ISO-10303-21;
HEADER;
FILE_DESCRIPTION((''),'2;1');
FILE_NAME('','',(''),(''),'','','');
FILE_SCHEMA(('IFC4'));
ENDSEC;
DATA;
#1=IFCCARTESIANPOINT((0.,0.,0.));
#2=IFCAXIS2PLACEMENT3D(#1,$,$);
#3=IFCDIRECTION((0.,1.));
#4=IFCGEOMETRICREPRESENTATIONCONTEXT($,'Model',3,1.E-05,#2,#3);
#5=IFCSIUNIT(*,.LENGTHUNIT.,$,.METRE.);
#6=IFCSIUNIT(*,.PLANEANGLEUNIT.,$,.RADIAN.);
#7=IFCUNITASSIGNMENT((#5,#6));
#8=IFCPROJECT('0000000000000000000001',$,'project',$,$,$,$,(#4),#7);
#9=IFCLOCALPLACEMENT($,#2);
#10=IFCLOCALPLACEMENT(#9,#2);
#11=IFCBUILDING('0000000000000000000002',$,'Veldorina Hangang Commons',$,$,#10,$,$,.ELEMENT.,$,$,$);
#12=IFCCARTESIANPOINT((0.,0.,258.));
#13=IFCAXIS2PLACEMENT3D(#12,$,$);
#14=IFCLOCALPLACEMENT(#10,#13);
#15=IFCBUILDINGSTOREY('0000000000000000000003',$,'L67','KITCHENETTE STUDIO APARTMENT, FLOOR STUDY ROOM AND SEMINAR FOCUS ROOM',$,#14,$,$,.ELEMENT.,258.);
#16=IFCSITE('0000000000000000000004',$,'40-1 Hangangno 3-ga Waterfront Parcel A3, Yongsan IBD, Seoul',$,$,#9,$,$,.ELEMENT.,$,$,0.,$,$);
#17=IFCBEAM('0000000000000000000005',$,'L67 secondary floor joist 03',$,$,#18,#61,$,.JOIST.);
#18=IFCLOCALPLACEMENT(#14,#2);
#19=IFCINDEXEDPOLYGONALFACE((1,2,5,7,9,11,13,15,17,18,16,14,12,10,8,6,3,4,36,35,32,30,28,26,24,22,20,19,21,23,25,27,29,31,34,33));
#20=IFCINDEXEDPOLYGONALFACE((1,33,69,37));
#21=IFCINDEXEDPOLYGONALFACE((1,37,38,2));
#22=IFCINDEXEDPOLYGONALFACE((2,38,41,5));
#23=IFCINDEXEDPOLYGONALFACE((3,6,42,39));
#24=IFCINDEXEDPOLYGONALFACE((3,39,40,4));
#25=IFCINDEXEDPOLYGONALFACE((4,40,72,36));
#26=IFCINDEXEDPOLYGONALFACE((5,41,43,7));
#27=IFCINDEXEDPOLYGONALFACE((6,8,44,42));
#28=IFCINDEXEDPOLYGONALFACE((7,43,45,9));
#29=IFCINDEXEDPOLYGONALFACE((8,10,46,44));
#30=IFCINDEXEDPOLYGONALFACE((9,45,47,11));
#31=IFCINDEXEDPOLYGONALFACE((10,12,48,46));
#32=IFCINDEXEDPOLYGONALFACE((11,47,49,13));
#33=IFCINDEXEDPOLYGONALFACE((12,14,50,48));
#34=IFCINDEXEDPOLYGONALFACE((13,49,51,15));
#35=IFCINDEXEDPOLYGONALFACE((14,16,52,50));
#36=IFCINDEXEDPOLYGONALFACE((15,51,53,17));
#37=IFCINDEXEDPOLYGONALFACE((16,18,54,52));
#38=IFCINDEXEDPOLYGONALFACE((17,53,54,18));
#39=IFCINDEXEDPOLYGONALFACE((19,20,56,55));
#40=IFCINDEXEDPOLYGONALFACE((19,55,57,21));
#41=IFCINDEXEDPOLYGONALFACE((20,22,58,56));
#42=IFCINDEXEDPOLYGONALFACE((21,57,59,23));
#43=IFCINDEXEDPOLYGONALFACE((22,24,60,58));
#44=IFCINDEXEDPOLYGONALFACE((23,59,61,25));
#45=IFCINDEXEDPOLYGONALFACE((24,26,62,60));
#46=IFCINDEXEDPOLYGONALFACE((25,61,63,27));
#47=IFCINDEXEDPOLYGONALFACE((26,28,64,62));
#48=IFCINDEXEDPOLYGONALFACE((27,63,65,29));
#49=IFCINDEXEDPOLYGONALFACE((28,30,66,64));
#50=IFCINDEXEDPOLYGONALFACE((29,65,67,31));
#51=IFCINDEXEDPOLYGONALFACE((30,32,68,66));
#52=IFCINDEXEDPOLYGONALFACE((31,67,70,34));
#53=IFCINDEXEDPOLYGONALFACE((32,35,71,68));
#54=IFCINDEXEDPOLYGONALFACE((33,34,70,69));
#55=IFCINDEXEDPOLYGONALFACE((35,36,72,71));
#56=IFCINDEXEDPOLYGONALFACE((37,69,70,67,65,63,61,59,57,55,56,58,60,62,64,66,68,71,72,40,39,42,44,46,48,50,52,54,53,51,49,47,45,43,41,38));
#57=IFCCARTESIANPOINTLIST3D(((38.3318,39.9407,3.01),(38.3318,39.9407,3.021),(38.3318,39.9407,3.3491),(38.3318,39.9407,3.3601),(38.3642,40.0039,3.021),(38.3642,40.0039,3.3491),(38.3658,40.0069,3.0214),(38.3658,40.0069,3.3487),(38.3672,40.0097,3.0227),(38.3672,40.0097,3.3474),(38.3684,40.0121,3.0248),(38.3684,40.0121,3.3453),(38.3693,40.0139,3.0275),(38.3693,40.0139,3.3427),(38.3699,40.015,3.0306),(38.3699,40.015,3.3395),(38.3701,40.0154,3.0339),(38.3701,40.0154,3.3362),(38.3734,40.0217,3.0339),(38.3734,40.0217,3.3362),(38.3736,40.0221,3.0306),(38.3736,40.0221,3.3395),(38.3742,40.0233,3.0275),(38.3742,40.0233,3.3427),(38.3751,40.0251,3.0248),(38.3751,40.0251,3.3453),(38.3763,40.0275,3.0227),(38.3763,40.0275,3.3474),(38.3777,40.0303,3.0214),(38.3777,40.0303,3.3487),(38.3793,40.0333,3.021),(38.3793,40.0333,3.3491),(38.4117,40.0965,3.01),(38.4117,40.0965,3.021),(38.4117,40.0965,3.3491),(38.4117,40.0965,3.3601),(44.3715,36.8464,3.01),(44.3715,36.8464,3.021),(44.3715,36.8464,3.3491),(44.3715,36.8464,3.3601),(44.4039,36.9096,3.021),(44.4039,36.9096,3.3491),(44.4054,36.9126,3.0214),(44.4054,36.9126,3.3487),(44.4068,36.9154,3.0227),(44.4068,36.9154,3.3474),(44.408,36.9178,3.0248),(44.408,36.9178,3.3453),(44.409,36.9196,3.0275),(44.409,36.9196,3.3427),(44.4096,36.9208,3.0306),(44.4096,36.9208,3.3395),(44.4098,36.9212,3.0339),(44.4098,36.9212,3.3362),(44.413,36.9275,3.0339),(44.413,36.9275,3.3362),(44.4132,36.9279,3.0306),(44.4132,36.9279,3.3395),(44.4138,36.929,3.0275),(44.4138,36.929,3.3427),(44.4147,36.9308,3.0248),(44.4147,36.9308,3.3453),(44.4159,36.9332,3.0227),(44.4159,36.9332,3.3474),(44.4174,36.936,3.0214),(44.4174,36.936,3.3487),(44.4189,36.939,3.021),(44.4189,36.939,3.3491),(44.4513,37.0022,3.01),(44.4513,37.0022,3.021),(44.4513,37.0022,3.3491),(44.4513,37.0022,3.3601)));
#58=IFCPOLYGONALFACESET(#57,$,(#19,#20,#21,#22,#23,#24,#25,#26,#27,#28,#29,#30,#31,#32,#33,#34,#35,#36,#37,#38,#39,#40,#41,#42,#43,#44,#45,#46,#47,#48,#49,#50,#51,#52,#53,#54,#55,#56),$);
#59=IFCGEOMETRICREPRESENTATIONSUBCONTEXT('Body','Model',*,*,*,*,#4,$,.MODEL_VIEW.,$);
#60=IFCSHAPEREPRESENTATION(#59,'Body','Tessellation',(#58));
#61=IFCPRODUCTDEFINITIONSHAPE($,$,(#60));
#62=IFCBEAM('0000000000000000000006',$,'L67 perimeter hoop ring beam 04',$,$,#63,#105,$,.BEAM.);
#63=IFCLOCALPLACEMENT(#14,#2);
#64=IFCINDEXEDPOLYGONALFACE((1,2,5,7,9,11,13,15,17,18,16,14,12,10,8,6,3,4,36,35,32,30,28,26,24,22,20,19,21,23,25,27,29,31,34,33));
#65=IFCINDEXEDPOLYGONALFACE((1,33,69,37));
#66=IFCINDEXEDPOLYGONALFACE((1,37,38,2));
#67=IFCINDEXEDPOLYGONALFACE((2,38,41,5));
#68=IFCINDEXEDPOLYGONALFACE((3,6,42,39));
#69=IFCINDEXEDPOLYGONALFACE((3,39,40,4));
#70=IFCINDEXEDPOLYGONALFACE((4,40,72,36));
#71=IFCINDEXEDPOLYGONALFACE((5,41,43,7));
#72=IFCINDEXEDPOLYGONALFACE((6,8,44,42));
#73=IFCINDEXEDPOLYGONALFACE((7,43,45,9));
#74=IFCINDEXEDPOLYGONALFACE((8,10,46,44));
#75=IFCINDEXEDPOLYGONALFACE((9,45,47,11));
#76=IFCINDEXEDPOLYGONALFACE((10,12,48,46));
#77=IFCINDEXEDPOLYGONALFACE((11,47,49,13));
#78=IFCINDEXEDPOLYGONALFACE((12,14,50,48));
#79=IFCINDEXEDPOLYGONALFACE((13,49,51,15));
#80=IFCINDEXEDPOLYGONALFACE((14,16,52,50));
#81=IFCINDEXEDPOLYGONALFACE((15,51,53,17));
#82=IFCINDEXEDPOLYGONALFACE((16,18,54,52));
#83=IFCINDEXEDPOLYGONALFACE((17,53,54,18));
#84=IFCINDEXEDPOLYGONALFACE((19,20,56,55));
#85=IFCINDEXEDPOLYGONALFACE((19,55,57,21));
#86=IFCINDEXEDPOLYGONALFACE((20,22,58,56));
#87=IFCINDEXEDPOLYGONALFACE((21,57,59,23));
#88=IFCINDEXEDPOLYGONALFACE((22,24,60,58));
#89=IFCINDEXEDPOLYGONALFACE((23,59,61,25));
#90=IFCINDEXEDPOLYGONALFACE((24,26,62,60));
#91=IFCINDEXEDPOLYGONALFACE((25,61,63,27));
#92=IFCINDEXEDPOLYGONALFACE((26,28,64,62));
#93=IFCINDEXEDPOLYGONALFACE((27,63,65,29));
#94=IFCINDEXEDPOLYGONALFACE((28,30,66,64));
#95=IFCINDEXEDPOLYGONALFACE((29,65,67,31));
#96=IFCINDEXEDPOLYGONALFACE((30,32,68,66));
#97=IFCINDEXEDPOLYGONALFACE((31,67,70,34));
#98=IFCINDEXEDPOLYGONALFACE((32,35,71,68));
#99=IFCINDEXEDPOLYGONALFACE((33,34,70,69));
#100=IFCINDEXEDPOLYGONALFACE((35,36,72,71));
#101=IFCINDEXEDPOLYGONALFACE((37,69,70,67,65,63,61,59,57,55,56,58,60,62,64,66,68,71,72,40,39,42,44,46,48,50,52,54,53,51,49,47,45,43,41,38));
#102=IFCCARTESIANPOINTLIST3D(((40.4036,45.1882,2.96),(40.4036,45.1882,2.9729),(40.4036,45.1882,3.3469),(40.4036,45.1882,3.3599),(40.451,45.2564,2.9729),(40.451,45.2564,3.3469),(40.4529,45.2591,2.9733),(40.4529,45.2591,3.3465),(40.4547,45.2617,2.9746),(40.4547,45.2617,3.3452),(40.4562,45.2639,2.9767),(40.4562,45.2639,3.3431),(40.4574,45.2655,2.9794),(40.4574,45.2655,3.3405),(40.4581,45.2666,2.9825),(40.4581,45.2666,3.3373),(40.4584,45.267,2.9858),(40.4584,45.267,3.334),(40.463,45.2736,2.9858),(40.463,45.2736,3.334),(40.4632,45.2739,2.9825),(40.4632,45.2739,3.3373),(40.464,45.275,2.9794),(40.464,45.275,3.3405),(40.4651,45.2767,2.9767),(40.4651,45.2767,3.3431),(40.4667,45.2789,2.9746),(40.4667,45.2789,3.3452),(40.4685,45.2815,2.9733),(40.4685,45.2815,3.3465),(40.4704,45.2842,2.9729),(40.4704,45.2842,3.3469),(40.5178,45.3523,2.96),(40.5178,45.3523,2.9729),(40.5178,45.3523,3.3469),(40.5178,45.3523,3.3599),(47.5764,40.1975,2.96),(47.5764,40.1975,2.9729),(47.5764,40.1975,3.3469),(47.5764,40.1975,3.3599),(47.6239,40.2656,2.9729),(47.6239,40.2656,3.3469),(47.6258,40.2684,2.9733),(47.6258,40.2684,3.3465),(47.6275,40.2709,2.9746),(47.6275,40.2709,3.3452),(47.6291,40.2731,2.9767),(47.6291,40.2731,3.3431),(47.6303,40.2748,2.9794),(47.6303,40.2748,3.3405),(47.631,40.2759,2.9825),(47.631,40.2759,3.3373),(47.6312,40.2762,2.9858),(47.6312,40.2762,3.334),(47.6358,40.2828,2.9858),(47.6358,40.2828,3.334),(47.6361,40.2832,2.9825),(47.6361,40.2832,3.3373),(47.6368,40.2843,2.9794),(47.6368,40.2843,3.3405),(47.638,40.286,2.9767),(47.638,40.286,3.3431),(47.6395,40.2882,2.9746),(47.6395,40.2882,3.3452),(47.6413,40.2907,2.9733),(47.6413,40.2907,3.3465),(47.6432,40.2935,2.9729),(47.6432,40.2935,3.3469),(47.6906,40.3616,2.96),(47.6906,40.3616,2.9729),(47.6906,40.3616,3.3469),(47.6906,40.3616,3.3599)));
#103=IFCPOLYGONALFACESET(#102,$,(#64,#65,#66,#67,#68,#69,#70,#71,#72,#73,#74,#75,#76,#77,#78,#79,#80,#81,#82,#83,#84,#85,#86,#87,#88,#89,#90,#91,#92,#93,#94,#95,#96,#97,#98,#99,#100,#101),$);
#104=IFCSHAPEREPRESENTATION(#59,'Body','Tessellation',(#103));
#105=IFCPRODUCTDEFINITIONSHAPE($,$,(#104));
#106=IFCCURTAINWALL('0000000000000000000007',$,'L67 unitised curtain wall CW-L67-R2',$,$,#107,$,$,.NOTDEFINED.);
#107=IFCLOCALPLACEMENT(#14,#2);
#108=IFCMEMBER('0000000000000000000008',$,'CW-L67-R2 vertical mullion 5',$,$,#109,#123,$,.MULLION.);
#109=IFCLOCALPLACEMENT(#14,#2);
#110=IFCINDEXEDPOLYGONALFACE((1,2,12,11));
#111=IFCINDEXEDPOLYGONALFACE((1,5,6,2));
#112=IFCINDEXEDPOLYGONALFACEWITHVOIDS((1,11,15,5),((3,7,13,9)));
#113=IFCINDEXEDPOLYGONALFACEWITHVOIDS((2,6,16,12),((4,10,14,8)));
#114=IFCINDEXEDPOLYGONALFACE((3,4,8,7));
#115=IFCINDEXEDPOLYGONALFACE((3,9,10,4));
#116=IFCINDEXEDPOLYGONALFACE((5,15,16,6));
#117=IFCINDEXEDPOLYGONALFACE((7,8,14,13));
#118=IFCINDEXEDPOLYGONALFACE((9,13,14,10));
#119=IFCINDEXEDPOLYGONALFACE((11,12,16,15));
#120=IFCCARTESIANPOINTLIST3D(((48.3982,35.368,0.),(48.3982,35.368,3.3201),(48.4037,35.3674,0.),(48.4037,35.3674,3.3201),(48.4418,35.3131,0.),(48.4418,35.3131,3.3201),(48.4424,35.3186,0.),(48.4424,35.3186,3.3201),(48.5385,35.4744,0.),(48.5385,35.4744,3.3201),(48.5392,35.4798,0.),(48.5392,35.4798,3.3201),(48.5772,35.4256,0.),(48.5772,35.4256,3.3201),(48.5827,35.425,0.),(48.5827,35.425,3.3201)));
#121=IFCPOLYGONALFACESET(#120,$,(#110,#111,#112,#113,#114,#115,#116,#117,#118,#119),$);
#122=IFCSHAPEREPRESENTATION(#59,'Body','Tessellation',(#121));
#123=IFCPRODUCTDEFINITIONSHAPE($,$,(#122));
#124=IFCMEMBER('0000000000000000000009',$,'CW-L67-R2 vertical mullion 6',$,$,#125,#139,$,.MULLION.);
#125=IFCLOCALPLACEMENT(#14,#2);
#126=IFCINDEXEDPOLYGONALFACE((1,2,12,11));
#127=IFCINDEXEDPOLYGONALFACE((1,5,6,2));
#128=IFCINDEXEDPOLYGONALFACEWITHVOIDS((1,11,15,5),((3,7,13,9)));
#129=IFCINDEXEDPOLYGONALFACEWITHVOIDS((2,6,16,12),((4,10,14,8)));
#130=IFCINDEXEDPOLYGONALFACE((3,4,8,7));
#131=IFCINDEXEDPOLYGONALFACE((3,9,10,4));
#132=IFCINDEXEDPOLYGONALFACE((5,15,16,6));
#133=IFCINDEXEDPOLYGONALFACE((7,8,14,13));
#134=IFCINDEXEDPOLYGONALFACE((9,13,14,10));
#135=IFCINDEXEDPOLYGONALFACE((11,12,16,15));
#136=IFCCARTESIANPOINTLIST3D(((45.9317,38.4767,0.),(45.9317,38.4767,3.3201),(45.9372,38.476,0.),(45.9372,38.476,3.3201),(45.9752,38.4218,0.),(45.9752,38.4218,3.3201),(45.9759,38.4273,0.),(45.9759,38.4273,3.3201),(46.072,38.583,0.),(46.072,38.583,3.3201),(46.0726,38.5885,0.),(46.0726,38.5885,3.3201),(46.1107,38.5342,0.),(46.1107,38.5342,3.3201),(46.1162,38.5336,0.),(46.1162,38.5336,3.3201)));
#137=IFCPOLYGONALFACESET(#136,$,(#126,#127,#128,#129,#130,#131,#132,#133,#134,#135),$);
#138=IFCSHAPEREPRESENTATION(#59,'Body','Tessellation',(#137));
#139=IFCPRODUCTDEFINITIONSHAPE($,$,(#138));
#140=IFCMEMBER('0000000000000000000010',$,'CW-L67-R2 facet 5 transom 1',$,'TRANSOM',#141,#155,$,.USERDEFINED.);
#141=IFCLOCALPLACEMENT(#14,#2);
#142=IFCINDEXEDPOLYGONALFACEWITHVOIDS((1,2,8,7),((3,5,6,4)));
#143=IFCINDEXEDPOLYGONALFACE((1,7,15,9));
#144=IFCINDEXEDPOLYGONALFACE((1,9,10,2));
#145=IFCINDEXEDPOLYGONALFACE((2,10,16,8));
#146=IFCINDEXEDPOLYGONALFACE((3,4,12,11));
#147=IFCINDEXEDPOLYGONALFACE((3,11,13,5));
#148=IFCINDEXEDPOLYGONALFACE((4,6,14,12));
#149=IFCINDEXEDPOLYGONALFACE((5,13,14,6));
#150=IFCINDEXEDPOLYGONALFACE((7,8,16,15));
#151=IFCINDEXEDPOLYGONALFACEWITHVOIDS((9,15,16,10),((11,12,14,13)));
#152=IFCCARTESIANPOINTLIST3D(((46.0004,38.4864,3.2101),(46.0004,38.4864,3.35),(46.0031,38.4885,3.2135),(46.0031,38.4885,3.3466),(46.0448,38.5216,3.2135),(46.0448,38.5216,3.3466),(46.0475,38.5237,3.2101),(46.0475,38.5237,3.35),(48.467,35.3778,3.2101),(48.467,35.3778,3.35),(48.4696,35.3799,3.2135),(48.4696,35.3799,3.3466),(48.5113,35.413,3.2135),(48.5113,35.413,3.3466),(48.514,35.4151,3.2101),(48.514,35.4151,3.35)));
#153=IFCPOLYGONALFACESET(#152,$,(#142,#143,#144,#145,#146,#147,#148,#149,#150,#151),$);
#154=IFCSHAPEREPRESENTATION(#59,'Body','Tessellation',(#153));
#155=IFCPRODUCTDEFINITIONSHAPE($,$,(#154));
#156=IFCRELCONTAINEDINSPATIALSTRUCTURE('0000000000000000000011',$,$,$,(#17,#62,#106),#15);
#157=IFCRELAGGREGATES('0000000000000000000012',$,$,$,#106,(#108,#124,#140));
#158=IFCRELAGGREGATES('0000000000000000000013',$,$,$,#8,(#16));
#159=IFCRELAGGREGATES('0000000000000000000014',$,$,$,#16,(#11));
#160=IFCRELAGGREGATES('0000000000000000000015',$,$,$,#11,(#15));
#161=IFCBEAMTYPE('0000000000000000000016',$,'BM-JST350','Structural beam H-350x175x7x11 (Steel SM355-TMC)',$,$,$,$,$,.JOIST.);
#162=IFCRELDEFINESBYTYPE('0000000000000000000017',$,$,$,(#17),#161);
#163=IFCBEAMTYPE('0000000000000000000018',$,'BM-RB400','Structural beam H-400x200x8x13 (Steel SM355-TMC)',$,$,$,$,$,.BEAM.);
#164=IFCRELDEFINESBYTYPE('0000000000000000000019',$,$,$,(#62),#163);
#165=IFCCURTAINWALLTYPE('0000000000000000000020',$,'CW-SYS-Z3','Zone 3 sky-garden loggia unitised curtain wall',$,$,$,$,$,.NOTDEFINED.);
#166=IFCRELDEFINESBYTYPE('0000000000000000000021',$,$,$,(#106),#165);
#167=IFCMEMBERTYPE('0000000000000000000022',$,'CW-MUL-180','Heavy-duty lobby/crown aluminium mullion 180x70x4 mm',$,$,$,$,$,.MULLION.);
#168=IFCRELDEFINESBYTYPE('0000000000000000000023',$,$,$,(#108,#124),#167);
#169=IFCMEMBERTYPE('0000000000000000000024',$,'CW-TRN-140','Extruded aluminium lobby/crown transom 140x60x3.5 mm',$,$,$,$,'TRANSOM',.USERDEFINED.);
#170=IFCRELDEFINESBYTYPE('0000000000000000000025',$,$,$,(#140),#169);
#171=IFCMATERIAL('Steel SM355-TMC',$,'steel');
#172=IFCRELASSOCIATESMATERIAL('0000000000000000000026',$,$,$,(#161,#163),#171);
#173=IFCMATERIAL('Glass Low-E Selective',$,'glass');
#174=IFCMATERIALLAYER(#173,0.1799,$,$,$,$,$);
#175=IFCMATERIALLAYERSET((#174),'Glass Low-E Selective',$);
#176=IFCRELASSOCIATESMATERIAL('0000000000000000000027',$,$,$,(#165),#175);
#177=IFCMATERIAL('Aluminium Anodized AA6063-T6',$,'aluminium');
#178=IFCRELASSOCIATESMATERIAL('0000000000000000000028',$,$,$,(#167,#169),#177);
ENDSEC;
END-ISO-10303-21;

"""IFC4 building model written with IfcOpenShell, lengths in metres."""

from ifc_helpers import new_model, si_unit, direction, frame, origin, origin_2d, place, context, subcontext, project, spatial, hollow_rectangle, i_section, extrude, material, layer, layer_set, material_profile, profile_set, type_object, element, aggregate, save


model = new_model("IFC4")

# Units and contexts
model_context = context("Model", 3, precision=1e-05, world=origin(), true_north=direction((0.0, 1.0)))
body_context = subcontext(model_context, "Body", "Model", "MODEL_VIEW")
ifc_project = project(units=[si_unit("LENGTHUNIT", "METRE"), si_unit("PLANEANGLEUNIT", "RADIAN")], contexts=[model_context])

# Site, building, storey
site_placement = place(None, origin())
site = spatial("IfcSite", under=ifc_project, at=site_placement, Name="40-1 Hangangno 3-ga Waterfront Parcel A3, Yongsan IBD, Seoul", CompositionType="ELEMENT", RefElevation=0.0)
building_placement = place(site_placement, origin())
building = spatial("IfcBuilding", under=site, at=building_placement, Name="Veldorina Hangang Commons", CompositionType="ELEMENT")
storey_placement = place(building_placement, frame((0.0, 0.0, 258.0)))
storey = spatial("IfcBuildingStorey", under=building, at=storey_placement, Name="L67", Description="KITCHENETTE STUDIO APARTMENT, FLOOR STUDY ROOM AND SEMINAR FOCUS ROOM", CompositionType="ELEMENT", Elevation=258.0)

# Beams
ifc_material_1 = material(Name="Steel SM355-TMC", Category="steel")
ifc_material_profile_1 = material_profile(ifc_material_1, i_section(OverallWidth=0.175, OverallDepth=0.3501, WebThickness=0.0071, FlangeThickness=0.011, FilletRadius=0.0129, at=origin_2d()), Name="H-350x175x7x11")
ifc_profile_set_1 = profile_set([ifc_material_profile_1], Name="Steel SM355-TMC")
beam_type_1 = type_object("IfcBeamType", Name="BM-JST350", Description="Structural beam H-350x175x7x11 (Steel SM355-TMC)", PredefinedType="JOIST", material=ifc_profile_set_1)
beam_1_placement = place(storey_placement, frame((44.4114, 36.9243, 3.1851), z_axis=(-0.889995, 0.45597, 0.0), x_axis=(-0.45597, -0.889995, 0.0)))
element("IfcBeam", 1, at=beam_1_placement, inside=storey, type_object=beam_type_1, Name="L67 secondary floor joist 03", PredefinedType="JOIST", context=body_context, shape_type="SweptSolid", body=[
    extrude(i_section(OverallWidth=0.175, OverallDepth=0.3501, WebThickness=0.0071, FlangeThickness=0.011, FilletRadius=0.0129, at=origin_2d()), origin(), (0.0, 0.0, 1.0), 6.7861),
])
ifc_material_profile_2 = material_profile(ifc_material_1, i_section(OverallWidth=0.2, OverallDepth=0.3999, WebThickness=0.0081, FlangeThickness=0.0129, FilletRadius=0.0129, at=origin_2d()), Name="H-400x200x8x13")
ifc_profile_set_2 = profile_set([ifc_material_profile_2], Name="Steel SM355-TMC")
beam_type_2 = type_object("IfcBeamType", Name="BM-RB400", Description="Structural beam H-400x200x8x13 (Steel SM355-TMC)", PredefinedType="BEAM", material=ifc_profile_set_2)
beam_2_placement = place(storey_placement, frame((47.6335, 40.2795, 3.1599), z_axis=(-0.820856, 0.571135, 0.0), x_axis=(-0.571135, -0.820856, 0.0)))
element("IfcBeam", 2, at=beam_2_placement, inside=storey, type_object=beam_type_2, Name="L67 perimeter hoop ring beam 04", PredefinedType="BEAM", context=body_context, shape_type="SweptSolid", body=[
    extrude(i_section(OverallWidth=0.2, OverallDepth=0.3999, WebThickness=0.0081, FlangeThickness=0.0129, FilletRadius=0.0129, at=origin_2d()), origin(), (0.0, 0.0, 1.0), 8.7383),
])

# Curtain wall, members
ifc_material_2 = material(Name="Glass Low-E Selective", Category="glass")
ifc_layer_1 = layer(ifc_material_2, 0.1799)
ifc_layer_set_1 = layer_set([ifc_layer_1], Name="Glass Low-E Selective")
curtain_wall_type = type_object("IfcCurtainWallType", Name="CW-SYS-Z3", Description="Zone 3 sky-garden loggia unitised curtain wall", PredefinedType="NOTDEFINED", material=ifc_layer_set_1)
curtain_wall_placement = place(storey_placement, origin())
curtain_wall = element("IfcCurtainWall", 3, at=curtain_wall_placement, inside=storey, type_object=curtain_wall_type, Name="L67 unitised curtain wall CW-L67-R2", PredefinedType="NOTDEFINED")
ifc_material_3 = material(Name="Aluminium Anodized AA6063-T6", Category="aluminium")
ifc_material_profile_3 = material_profile(ifc_material_3, hollow_rectangle(XDim=0.0701, YDim=0.1799, WallThickness=0.0039, at=origin_2d()), Name="ALU-RHS-180x70x4")
ifc_profile_set_3 = profile_set([ifc_material_profile_3], Name="Aluminium Anodized AA6063-T6")
member_type_1 = type_object("IfcMemberType", Name="CW-MUL-180", Description="Heavy-duty lobby/crown aluminium mullion 180x70x4 mm", PredefinedType="MULLION", material=ifc_profile_set_3)
member_1_placement = place(storey_placement, frame((48.4905, 35.3965, 0.0), z_axis=(0.0, 0.0, 1.0), x_axis=(-0.621572, 0.783357, 0.0)))
member_1 = element("IfcMember", 4, at=member_1_placement, type_object=member_type_1, Name="CW-L67-R2 vertical mullion 5", PredefinedType="MULLION", context=body_context, shape_type="SweptSolid", body=[
    extrude(hollow_rectangle(XDim=0.0701, YDim=0.1799, WallThickness=0.0039, at=origin_2d()), origin(), (0.0, 0.0, 1.0), 3.3201),
])
member_2_placement = place(storey_placement, frame((46.0239, 38.5051, 0.0), z_axis=(0.0, 0.0, 1.0), x_axis=(0.621572, -0.783357, 0.0)))
member_2 = element("IfcMember", 5, at=member_2_placement, type_object=member_type_1, Name="CW-L67-R2 vertical mullion 6", PredefinedType="MULLION", context=body_context, shape_type="SweptSolid", body=[
    extrude(hollow_rectangle(XDim=0.0701, YDim=0.1799, WallThickness=0.0039, at=origin_2d()), origin(), (0.0, 0.0, 1.0), 3.3201),
])
ifc_material_profile_4 = material_profile(ifc_material_3, hollow_rectangle(XDim=0.0601, YDim=0.1399, WallThickness=0.0034, at=origin_2d()), Name="ALU-RHS-140x60x3.5")
ifc_profile_set_4 = profile_set([ifc_material_profile_4], Name="Aluminium Anodized AA6063-T6")
member_type_2 = type_object("IfcMemberType", Name="CW-TRN-140", Description="Extruded aluminium lobby/crown transom 140x60x3.5 mm", ElementType="TRANSOM", PredefinedType="USERDEFINED", material=ifc_profile_set_4)
member_3_placement = place(storey_placement, frame((48.4905, 35.3965, 3.28), z_axis=(-0.621561, 0.783365, 0.0), x_axis=(-0.783365, -0.621561, 0.0)))
member_3 = element("IfcMember", 6, at=member_3_placement, type_object=member_type_2, Name="CW-L67-R2 facet 5 transom 1", ObjectType="TRANSOM", PredefinedType="USERDEFINED", context=body_context, shape_type="SweptSolid", body=[
    extrude(hollow_rectangle(XDim=0.0601, YDim=0.1399, WallThickness=0.0034, at=origin_2d()), origin(), (0.0, 0.0, 1.0), 3.9683),
])

aggregate(curtain_wall, [member_1, member_2, member_3])

save(model, "model.ifc")
